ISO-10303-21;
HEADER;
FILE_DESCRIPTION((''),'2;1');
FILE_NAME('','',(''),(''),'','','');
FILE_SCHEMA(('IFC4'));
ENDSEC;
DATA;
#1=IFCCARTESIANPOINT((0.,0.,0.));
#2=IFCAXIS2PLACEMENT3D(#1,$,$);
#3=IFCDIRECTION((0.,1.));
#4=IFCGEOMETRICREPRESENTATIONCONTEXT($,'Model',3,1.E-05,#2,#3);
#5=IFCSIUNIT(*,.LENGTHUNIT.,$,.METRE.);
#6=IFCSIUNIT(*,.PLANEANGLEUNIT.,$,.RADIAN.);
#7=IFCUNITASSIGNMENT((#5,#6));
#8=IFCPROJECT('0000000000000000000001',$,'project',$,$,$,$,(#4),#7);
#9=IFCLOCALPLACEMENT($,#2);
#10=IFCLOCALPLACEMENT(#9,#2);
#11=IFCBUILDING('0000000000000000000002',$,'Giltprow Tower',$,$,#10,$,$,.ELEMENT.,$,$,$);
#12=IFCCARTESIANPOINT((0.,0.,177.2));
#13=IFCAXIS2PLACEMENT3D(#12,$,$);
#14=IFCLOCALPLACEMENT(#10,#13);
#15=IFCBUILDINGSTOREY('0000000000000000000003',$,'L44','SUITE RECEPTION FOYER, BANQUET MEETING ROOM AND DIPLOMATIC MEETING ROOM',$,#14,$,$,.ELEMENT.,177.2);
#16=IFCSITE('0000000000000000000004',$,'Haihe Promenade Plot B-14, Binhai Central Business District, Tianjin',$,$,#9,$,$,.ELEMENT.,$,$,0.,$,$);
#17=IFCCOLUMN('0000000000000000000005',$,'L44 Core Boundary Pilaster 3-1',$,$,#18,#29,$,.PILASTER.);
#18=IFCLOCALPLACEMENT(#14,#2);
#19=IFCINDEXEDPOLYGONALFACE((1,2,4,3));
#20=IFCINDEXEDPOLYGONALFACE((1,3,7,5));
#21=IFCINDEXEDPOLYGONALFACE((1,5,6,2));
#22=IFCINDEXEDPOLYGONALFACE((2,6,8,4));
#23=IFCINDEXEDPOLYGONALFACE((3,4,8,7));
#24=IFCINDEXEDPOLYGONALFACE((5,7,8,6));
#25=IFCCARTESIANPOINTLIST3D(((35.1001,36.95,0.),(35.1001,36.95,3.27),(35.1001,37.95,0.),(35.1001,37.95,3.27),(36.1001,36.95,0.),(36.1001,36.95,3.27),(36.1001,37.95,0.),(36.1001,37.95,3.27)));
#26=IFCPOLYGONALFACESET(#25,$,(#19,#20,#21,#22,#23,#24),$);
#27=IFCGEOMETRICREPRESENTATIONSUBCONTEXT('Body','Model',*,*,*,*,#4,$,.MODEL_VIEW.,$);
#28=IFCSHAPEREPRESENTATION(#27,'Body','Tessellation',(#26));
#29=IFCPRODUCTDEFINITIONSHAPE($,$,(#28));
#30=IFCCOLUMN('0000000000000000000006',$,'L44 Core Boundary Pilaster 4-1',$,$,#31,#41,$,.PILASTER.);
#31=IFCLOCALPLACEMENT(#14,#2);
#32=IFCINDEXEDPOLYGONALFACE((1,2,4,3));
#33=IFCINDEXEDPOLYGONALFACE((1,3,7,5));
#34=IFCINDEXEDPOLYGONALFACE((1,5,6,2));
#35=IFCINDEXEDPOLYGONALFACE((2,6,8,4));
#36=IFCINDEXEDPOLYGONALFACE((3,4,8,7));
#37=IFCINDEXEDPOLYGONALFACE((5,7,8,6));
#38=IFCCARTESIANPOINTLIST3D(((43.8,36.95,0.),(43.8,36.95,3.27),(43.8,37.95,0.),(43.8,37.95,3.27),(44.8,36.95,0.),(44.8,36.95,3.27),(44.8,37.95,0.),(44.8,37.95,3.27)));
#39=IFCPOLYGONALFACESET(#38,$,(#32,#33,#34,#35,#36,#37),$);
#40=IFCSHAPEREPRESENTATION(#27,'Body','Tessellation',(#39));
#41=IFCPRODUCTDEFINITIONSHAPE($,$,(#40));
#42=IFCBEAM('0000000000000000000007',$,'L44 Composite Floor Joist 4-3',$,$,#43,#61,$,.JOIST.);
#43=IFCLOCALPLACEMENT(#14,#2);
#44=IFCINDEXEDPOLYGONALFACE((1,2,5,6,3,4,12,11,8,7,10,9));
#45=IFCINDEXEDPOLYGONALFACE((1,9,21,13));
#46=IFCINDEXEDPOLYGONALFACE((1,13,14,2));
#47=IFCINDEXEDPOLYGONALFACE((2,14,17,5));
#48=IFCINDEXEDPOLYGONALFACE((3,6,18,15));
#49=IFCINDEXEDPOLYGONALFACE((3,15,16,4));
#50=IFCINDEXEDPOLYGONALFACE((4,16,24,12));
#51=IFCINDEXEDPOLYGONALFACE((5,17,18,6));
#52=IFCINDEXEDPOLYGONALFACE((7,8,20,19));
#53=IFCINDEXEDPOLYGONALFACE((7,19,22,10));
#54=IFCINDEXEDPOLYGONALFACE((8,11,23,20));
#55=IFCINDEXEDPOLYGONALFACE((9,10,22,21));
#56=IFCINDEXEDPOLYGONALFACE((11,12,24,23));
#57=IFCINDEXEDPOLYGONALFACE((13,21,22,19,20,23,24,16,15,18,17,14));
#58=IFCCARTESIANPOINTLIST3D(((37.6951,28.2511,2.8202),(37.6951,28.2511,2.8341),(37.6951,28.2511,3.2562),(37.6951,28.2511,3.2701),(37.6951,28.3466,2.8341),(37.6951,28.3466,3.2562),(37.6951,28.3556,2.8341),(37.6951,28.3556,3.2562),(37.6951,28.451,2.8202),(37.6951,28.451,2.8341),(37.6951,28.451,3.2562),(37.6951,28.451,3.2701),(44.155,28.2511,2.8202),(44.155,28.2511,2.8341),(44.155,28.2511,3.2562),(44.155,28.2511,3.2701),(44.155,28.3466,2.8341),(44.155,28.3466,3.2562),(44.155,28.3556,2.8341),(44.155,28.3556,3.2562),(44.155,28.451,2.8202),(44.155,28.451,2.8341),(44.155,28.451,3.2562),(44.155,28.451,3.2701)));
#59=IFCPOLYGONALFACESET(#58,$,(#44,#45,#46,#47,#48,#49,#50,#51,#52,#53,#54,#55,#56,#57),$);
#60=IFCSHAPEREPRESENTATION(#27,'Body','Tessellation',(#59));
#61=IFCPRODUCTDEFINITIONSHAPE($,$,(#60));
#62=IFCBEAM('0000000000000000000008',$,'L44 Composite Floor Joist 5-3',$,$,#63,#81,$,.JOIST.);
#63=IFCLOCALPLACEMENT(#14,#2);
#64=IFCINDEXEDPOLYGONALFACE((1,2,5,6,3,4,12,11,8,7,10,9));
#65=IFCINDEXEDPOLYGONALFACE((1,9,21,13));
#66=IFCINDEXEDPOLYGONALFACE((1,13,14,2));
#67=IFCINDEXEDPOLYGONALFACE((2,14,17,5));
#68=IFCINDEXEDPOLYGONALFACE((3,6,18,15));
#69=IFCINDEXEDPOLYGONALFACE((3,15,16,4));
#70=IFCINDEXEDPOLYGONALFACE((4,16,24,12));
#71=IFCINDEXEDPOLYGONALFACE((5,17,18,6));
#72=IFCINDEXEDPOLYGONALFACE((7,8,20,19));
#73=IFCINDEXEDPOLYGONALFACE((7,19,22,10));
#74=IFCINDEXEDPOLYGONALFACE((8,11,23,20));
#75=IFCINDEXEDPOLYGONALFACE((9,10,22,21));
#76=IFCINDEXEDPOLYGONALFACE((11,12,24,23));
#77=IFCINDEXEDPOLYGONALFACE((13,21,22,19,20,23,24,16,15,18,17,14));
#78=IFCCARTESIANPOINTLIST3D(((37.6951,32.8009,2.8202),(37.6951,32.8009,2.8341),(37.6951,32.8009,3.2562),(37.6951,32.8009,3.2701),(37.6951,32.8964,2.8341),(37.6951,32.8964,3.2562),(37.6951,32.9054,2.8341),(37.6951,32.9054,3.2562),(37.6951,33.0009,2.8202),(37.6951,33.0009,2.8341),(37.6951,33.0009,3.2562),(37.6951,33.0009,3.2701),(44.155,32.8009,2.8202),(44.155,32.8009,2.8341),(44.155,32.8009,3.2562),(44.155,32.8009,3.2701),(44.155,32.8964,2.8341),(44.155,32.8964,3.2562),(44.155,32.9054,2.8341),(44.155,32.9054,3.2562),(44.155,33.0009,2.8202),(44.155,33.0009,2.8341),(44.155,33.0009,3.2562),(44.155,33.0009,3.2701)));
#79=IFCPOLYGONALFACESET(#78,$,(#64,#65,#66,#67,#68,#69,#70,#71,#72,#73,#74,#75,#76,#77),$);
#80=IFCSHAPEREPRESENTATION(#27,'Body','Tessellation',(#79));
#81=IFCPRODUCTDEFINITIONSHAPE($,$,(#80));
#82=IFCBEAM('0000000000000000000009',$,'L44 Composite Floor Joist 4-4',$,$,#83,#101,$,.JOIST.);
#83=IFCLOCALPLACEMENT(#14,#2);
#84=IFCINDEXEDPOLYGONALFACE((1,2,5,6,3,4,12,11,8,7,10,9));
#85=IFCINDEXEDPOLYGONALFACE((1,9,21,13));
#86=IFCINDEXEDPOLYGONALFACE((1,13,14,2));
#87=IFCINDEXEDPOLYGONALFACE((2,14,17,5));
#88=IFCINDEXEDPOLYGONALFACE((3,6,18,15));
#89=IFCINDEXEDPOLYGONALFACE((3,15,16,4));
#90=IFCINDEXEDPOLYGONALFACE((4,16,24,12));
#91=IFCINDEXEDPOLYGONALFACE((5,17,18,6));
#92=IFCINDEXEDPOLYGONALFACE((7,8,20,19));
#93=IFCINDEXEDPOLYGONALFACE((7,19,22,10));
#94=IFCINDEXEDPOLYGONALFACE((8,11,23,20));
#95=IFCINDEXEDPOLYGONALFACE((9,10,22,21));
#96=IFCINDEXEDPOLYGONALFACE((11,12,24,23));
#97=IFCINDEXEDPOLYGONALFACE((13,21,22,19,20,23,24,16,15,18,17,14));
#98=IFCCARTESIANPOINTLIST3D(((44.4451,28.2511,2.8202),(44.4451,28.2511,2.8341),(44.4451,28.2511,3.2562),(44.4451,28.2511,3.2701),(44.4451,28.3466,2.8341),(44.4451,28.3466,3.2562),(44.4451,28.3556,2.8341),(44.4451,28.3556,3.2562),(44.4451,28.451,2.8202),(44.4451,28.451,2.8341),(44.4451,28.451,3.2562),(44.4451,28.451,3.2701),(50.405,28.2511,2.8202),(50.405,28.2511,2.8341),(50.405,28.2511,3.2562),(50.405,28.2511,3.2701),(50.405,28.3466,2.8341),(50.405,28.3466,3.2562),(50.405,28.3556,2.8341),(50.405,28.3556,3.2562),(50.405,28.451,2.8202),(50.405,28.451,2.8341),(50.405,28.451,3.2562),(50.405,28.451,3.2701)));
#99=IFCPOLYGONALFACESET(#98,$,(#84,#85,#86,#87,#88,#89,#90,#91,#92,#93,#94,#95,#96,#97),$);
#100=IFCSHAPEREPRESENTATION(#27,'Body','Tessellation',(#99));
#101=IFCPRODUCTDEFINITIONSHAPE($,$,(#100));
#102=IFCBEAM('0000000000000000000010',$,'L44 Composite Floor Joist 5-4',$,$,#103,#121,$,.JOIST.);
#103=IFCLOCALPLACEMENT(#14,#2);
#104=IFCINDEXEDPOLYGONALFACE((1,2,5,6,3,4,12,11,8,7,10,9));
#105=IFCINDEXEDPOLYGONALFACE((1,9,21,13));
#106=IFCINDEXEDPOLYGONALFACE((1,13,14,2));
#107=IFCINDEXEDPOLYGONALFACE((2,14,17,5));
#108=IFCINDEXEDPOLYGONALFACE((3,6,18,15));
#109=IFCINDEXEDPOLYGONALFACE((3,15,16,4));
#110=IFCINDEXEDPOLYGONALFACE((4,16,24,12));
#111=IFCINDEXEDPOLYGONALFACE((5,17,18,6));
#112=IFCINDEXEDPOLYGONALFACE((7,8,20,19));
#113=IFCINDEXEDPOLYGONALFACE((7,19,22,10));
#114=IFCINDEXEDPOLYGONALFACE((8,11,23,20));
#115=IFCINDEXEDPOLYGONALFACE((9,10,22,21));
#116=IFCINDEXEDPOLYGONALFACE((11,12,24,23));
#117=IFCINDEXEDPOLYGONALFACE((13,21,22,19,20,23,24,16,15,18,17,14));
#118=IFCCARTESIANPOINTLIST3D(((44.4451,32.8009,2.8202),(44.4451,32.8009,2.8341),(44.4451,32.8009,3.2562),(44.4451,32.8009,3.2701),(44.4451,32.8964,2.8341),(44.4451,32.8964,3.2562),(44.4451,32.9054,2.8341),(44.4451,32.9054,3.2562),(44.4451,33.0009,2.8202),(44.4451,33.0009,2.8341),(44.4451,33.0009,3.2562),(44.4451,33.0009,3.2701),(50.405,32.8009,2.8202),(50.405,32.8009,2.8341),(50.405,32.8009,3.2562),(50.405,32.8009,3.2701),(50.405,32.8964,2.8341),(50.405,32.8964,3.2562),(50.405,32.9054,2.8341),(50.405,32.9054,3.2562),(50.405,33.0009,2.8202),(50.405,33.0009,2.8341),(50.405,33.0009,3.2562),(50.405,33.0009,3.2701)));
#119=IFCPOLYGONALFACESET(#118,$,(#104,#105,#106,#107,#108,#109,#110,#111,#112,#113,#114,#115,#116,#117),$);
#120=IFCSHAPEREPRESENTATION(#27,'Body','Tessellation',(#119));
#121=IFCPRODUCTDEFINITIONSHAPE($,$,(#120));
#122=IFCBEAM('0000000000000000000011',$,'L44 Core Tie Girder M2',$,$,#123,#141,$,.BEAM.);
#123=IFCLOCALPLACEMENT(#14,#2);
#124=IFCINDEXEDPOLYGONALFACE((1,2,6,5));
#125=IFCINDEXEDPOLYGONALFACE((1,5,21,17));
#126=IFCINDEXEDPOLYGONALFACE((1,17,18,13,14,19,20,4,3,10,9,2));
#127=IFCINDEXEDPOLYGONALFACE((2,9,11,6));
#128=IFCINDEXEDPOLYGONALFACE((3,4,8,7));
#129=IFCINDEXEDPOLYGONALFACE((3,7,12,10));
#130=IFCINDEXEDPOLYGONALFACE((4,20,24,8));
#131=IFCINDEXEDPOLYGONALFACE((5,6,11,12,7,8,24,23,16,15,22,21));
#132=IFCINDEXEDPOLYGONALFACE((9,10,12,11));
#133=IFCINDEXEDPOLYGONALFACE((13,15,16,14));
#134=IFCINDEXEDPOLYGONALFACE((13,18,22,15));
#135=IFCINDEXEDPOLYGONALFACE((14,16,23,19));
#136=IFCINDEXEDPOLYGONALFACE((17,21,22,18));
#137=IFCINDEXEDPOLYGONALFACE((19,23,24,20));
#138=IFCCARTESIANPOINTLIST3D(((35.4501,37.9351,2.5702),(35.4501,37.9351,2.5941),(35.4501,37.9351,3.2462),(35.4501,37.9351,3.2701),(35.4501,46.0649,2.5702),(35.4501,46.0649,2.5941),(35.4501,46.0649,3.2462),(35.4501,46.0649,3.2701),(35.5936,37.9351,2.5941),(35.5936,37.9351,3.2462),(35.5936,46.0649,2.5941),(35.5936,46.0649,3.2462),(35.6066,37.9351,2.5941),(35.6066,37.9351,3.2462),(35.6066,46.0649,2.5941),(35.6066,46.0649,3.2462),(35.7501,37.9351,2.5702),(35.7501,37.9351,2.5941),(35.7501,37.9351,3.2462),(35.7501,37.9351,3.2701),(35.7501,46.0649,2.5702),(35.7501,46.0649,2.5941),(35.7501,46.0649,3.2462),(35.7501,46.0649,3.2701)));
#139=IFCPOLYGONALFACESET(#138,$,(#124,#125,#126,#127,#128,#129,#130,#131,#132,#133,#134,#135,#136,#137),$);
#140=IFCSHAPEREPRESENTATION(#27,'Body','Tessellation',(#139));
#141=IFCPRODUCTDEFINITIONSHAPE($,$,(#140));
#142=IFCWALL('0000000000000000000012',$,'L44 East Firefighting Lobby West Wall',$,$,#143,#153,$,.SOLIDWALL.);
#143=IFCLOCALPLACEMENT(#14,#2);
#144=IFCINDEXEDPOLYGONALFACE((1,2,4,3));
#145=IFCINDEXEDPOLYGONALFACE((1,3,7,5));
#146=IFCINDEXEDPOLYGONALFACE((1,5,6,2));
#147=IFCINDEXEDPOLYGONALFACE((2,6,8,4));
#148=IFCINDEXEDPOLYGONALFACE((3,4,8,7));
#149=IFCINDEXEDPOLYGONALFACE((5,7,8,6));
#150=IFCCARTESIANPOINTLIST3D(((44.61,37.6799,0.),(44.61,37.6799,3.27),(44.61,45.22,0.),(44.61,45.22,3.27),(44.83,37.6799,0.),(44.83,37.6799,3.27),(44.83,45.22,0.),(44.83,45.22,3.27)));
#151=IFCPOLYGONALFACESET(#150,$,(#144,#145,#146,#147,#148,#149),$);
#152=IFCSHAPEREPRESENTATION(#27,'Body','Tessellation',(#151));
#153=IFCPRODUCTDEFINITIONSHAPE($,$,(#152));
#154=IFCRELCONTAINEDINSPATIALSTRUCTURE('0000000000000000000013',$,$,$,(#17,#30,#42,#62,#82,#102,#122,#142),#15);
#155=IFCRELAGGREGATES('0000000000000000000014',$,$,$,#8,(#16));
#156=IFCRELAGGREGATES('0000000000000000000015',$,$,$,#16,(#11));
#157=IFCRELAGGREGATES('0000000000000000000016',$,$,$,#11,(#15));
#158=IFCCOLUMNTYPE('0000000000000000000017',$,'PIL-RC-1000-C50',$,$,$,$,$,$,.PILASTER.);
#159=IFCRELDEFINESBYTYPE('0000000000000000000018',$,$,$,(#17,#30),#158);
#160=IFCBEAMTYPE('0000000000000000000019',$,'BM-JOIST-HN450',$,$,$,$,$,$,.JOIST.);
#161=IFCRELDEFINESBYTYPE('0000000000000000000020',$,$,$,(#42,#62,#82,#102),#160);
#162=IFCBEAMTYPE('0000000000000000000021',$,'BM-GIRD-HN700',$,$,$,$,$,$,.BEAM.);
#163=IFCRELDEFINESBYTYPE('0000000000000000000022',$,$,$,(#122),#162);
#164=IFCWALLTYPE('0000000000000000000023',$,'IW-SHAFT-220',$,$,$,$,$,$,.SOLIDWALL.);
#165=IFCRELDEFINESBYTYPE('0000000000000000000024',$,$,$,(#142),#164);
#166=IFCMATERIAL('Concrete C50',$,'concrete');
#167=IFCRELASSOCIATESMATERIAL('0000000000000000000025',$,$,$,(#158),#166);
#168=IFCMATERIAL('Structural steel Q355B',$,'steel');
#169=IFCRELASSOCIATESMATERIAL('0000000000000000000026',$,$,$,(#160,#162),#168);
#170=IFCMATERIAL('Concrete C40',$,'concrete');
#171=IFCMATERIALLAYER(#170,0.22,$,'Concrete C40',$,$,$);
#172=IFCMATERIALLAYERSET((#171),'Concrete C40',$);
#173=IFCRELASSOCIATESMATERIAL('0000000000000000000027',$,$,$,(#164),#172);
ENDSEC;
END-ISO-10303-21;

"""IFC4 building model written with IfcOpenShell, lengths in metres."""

from ifc_helpers import new_model, si_unit, direction, frame, frame_2d, origin, origin_2d, place, context, subcontext, project, spatial, rectangle, i_section, extrude, source, transform, mapped, material, layer, layer_set, material_profile, profile_set, type_object, element, save


model = new_model("IFC4")

# Units and contexts
model_context = context("Model", 3, precision=1e-05, world=origin(), true_north=direction((0.0, 1.0)))
body_context = subcontext(model_context, "Body", "Model", "MODEL_VIEW")
ifc_project = project(units=[si_unit("LENGTHUNIT", "METRE"), si_unit("PLANEANGLEUNIT", "RADIAN")], contexts=[model_context])

# Site, building, storey
site_placement = place(None, origin())
site = spatial("IfcSite", under=ifc_project, at=site_placement, Name="Haihe Promenade Plot B-14, Binhai Central Business District, Tianjin", CompositionType="ELEMENT", RefElevation=0.0)
building_placement = place(site_placement, origin())
building = spatial("IfcBuilding", under=site, at=building_placement, Name="Giltprow Tower", CompositionType="ELEMENT")
storey_placement = place(building_placement, frame((0.0, 0.0, 177.2)))
storey = spatial("IfcBuildingStorey", under=building, at=storey_placement, Name="L44", Description="SUITE RECEPTION FOYER, BANQUET MEETING ROOM AND DIPLOMATIC MEETING ROOM", CompositionType="ELEMENT", Elevation=177.2)

# Columns
ifc_material_1 = material(Name="Concrete C50", Category="concrete")
ifc_material_profile_1 = material_profile(ifc_material_1, rectangle(XDim=1.0, YDim=1.0, at=origin_2d()), Name="RC 1000x1000")
ifc_profile_set_1 = profile_set([ifc_material_profile_1], Name="Concrete C50")
column_type = type_object("IfcColumnType", Name="PIL-RC-1000-C50", PredefinedType="PILASTER", material=ifc_profile_set_1)
shared_shape_1 = source(origin(), body_context, "Body", "SweptSolid", [
    extrude(rectangle(XDim=1.0, YDim=1.0, at=origin_2d()), origin(), (0.0, 0.0, 1.0), 3.27),
])
for number, where, z_axis, x_axis, name in (
    (1, (35.6001, 37.45, 0.0), (0.0, 0.0, 1.0), (1.0, 0.0, 0.0), "L44 Core Boundary Pilaster 3-1"),
    (2, (44.3, 37.45, 0.0), (0.0, 0.0, 1.0), (1.0, 0.0, 0.0), "L44 Core Boundary Pilaster 4-1"),
):
    element("IfcColumn", number, at=place(storey_placement, frame(where, z_axis=z_axis, x_axis=x_axis)), inside=storey, type_object=column_type, Name=name, PredefinedType="PILASTER", context=body_context, shape_type="MappedRepresentation", body=[
        mapped(shared_shape_1, transform((0.0, 0.0, 0.0), x_axis=(1.0, 0.0, 0.0), y_axis=(0.0, 1.0, 0.0), z_axis=(0.0, 0.0, 1.0), scale=1.0)),
    ])

# Beams
ifc_material_2 = material(Name="Structural steel Q355B", Category="steel")
ifc_material_profile_2 = material_profile(ifc_material_2, i_section(OverallWidth=0.2, OverallDepth=0.45, WebThickness=0.009, FlangeThickness=0.0139, at=origin_2d()), Name="HN 450x200x9x14")
ifc_profile_set_2 = profile_set([ifc_material_profile_2], Name="Structural steel Q355B")
beam_type_1 = type_object("IfcBeamType", Name="BM-JOIST-HN450", PredefinedType="JOIST", material=ifc_profile_set_2)
shared_shape_2 = source(origin(), body_context, "Body", "SweptSolid", [
    extrude(i_section(OverallWidth=0.2, OverallDepth=0.45, WebThickness=0.009, FlangeThickness=0.0139, at=origin_2d()), origin(), (0.0, 0.0, 1.0), 6.46),
])
for number, where, z_axis, x_axis, name in (
    (3, (37.6951, 28.3511, 3.0452), (1.0, 0.0, 0.0), (0.0, 1.0, 0.0), "L44 Composite Floor Joist 4-3"),
    (4, (37.6951, 32.9009, 3.0452), (1.0, 0.0, 0.0), (0.0, 1.0, 0.0), "L44 Composite Floor Joist 5-3"),
):
    element("IfcBeam", number, at=place(storey_placement, frame(where, z_axis=z_axis, x_axis=x_axis)), inside=storey, type_object=beam_type_1, Name=name, PredefinedType="JOIST", context=body_context, shape_type="MappedRepresentation", body=[
        mapped(shared_shape_2, transform((0.0, 0.0, 0.0), x_axis=(1.0, 0.0, 0.0), y_axis=(0.0, 1.0, 0.0), z_axis=(0.0, 0.0, 1.0), scale=1.0)),
    ])
shared_shape_3 = source(origin(), body_context, "Body", "SweptSolid", [
    extrude(i_section(OverallWidth=0.2, OverallDepth=0.45, WebThickness=0.009, FlangeThickness=0.0139, at=origin_2d()), origin(), (0.0, 0.0, 1.0), 5.96),
])
for number, where, z_axis, x_axis, name in (
    (5, (44.4451, 28.3511, 3.0452), (1.0, 0.0, 0.0), (0.0, 1.0, 0.0), "L44 Composite Floor Joist 4-4"),
    (6, (44.4451, 32.9009, 3.0452), (1.0, 0.0, 0.0), (0.0, 1.0, 0.0), "L44 Composite Floor Joist 5-4"),
):
    element("IfcBeam", number, at=place(storey_placement, frame(where, z_axis=z_axis, x_axis=x_axis)), inside=storey, type_object=beam_type_1, Name=name, PredefinedType="JOIST", context=body_context, shape_type="MappedRepresentation", body=[
        mapped(shared_shape_3, transform((0.0, 0.0, 0.0), x_axis=(1.0, 0.0, 0.0), y_axis=(0.0, 1.0, 0.0), z_axis=(0.0, 0.0, 1.0), scale=1.0)),
    ])
ifc_material_profile_3 = material_profile(ifc_material_2, i_section(OverallWidth=0.3, OverallDepth=0.7, WebThickness=0.0129, FlangeThickness=0.0239, at=origin_2d()), Name="HN 700x300x13x24")
ifc_profile_set_3 = profile_set([ifc_material_profile_3], Name="Structural steel Q355B")
beam_type_2 = type_object("IfcBeamType", Name="BM-GIRD-HN700", PredefinedType="BEAM", material=ifc_profile_set_3)
shared_shape_4 = source(origin(), body_context, "Body", "SweptSolid", [
    extrude(i_section(OverallWidth=0.3, OverallDepth=0.7, WebThickness=0.0129, FlangeThickness=0.0239, at=origin_2d()), origin(), (0.0, 0.0, 1.0), 8.1299),
])
beam_placement = place(storey_placement, frame((35.6001, 37.9351, 2.9202), z_axis=(0.0, 1.0, 0.0), x_axis=(-1.0, 0.0, 0.0)))
element("IfcBeam", 7, at=beam_placement, inside=storey, type_object=beam_type_2, Name="L44 Core Tie Girder M2", PredefinedType="BEAM", context=body_context, shape_type="MappedRepresentation", body=[
    mapped(shared_shape_4, transform((0.0, 0.0, 0.0), x_axis=(1.0, 0.0, 0.0), y_axis=(0.0, 1.0, 0.0), z_axis=(0.0, 0.0, 1.0), scale=1.0)),
])

# Wall
ifc_material_3 = material(Name="Concrete C40", Category="concrete")
ifc_layer_1 = layer(ifc_material_3, 0.22, Name="Concrete C40")
ifc_layer_set_1 = layer_set([ifc_layer_1], Name="Concrete C40")
wall_type_1 = type_object("IfcWallType", Name="IW-SHAFT-220", PredefinedType="SOLIDWALL", material=ifc_layer_set_1)
wall_1_placement = place(storey_placement, frame((44.72, 37.6799, 0.0), z_axis=(0.0, 0.0, 1.0), x_axis=(0.0, 1.0, 0.0)))
element("IfcWall", 8, at=wall_1_placement, inside=storey, type_object=wall_type_1, Name="L44 East Firefighting Lobby West Wall", PredefinedType="SOLIDWALL", context=body_context, shape_type="SweptSolid", body=[
    extrude(rectangle(XDim=7.54, YDim=0.22, at=frame_2d((3.77, 0.0))), origin(), (0.0, 0.0, 1.0), 3.27),
])

save(model, "model.ifc")
